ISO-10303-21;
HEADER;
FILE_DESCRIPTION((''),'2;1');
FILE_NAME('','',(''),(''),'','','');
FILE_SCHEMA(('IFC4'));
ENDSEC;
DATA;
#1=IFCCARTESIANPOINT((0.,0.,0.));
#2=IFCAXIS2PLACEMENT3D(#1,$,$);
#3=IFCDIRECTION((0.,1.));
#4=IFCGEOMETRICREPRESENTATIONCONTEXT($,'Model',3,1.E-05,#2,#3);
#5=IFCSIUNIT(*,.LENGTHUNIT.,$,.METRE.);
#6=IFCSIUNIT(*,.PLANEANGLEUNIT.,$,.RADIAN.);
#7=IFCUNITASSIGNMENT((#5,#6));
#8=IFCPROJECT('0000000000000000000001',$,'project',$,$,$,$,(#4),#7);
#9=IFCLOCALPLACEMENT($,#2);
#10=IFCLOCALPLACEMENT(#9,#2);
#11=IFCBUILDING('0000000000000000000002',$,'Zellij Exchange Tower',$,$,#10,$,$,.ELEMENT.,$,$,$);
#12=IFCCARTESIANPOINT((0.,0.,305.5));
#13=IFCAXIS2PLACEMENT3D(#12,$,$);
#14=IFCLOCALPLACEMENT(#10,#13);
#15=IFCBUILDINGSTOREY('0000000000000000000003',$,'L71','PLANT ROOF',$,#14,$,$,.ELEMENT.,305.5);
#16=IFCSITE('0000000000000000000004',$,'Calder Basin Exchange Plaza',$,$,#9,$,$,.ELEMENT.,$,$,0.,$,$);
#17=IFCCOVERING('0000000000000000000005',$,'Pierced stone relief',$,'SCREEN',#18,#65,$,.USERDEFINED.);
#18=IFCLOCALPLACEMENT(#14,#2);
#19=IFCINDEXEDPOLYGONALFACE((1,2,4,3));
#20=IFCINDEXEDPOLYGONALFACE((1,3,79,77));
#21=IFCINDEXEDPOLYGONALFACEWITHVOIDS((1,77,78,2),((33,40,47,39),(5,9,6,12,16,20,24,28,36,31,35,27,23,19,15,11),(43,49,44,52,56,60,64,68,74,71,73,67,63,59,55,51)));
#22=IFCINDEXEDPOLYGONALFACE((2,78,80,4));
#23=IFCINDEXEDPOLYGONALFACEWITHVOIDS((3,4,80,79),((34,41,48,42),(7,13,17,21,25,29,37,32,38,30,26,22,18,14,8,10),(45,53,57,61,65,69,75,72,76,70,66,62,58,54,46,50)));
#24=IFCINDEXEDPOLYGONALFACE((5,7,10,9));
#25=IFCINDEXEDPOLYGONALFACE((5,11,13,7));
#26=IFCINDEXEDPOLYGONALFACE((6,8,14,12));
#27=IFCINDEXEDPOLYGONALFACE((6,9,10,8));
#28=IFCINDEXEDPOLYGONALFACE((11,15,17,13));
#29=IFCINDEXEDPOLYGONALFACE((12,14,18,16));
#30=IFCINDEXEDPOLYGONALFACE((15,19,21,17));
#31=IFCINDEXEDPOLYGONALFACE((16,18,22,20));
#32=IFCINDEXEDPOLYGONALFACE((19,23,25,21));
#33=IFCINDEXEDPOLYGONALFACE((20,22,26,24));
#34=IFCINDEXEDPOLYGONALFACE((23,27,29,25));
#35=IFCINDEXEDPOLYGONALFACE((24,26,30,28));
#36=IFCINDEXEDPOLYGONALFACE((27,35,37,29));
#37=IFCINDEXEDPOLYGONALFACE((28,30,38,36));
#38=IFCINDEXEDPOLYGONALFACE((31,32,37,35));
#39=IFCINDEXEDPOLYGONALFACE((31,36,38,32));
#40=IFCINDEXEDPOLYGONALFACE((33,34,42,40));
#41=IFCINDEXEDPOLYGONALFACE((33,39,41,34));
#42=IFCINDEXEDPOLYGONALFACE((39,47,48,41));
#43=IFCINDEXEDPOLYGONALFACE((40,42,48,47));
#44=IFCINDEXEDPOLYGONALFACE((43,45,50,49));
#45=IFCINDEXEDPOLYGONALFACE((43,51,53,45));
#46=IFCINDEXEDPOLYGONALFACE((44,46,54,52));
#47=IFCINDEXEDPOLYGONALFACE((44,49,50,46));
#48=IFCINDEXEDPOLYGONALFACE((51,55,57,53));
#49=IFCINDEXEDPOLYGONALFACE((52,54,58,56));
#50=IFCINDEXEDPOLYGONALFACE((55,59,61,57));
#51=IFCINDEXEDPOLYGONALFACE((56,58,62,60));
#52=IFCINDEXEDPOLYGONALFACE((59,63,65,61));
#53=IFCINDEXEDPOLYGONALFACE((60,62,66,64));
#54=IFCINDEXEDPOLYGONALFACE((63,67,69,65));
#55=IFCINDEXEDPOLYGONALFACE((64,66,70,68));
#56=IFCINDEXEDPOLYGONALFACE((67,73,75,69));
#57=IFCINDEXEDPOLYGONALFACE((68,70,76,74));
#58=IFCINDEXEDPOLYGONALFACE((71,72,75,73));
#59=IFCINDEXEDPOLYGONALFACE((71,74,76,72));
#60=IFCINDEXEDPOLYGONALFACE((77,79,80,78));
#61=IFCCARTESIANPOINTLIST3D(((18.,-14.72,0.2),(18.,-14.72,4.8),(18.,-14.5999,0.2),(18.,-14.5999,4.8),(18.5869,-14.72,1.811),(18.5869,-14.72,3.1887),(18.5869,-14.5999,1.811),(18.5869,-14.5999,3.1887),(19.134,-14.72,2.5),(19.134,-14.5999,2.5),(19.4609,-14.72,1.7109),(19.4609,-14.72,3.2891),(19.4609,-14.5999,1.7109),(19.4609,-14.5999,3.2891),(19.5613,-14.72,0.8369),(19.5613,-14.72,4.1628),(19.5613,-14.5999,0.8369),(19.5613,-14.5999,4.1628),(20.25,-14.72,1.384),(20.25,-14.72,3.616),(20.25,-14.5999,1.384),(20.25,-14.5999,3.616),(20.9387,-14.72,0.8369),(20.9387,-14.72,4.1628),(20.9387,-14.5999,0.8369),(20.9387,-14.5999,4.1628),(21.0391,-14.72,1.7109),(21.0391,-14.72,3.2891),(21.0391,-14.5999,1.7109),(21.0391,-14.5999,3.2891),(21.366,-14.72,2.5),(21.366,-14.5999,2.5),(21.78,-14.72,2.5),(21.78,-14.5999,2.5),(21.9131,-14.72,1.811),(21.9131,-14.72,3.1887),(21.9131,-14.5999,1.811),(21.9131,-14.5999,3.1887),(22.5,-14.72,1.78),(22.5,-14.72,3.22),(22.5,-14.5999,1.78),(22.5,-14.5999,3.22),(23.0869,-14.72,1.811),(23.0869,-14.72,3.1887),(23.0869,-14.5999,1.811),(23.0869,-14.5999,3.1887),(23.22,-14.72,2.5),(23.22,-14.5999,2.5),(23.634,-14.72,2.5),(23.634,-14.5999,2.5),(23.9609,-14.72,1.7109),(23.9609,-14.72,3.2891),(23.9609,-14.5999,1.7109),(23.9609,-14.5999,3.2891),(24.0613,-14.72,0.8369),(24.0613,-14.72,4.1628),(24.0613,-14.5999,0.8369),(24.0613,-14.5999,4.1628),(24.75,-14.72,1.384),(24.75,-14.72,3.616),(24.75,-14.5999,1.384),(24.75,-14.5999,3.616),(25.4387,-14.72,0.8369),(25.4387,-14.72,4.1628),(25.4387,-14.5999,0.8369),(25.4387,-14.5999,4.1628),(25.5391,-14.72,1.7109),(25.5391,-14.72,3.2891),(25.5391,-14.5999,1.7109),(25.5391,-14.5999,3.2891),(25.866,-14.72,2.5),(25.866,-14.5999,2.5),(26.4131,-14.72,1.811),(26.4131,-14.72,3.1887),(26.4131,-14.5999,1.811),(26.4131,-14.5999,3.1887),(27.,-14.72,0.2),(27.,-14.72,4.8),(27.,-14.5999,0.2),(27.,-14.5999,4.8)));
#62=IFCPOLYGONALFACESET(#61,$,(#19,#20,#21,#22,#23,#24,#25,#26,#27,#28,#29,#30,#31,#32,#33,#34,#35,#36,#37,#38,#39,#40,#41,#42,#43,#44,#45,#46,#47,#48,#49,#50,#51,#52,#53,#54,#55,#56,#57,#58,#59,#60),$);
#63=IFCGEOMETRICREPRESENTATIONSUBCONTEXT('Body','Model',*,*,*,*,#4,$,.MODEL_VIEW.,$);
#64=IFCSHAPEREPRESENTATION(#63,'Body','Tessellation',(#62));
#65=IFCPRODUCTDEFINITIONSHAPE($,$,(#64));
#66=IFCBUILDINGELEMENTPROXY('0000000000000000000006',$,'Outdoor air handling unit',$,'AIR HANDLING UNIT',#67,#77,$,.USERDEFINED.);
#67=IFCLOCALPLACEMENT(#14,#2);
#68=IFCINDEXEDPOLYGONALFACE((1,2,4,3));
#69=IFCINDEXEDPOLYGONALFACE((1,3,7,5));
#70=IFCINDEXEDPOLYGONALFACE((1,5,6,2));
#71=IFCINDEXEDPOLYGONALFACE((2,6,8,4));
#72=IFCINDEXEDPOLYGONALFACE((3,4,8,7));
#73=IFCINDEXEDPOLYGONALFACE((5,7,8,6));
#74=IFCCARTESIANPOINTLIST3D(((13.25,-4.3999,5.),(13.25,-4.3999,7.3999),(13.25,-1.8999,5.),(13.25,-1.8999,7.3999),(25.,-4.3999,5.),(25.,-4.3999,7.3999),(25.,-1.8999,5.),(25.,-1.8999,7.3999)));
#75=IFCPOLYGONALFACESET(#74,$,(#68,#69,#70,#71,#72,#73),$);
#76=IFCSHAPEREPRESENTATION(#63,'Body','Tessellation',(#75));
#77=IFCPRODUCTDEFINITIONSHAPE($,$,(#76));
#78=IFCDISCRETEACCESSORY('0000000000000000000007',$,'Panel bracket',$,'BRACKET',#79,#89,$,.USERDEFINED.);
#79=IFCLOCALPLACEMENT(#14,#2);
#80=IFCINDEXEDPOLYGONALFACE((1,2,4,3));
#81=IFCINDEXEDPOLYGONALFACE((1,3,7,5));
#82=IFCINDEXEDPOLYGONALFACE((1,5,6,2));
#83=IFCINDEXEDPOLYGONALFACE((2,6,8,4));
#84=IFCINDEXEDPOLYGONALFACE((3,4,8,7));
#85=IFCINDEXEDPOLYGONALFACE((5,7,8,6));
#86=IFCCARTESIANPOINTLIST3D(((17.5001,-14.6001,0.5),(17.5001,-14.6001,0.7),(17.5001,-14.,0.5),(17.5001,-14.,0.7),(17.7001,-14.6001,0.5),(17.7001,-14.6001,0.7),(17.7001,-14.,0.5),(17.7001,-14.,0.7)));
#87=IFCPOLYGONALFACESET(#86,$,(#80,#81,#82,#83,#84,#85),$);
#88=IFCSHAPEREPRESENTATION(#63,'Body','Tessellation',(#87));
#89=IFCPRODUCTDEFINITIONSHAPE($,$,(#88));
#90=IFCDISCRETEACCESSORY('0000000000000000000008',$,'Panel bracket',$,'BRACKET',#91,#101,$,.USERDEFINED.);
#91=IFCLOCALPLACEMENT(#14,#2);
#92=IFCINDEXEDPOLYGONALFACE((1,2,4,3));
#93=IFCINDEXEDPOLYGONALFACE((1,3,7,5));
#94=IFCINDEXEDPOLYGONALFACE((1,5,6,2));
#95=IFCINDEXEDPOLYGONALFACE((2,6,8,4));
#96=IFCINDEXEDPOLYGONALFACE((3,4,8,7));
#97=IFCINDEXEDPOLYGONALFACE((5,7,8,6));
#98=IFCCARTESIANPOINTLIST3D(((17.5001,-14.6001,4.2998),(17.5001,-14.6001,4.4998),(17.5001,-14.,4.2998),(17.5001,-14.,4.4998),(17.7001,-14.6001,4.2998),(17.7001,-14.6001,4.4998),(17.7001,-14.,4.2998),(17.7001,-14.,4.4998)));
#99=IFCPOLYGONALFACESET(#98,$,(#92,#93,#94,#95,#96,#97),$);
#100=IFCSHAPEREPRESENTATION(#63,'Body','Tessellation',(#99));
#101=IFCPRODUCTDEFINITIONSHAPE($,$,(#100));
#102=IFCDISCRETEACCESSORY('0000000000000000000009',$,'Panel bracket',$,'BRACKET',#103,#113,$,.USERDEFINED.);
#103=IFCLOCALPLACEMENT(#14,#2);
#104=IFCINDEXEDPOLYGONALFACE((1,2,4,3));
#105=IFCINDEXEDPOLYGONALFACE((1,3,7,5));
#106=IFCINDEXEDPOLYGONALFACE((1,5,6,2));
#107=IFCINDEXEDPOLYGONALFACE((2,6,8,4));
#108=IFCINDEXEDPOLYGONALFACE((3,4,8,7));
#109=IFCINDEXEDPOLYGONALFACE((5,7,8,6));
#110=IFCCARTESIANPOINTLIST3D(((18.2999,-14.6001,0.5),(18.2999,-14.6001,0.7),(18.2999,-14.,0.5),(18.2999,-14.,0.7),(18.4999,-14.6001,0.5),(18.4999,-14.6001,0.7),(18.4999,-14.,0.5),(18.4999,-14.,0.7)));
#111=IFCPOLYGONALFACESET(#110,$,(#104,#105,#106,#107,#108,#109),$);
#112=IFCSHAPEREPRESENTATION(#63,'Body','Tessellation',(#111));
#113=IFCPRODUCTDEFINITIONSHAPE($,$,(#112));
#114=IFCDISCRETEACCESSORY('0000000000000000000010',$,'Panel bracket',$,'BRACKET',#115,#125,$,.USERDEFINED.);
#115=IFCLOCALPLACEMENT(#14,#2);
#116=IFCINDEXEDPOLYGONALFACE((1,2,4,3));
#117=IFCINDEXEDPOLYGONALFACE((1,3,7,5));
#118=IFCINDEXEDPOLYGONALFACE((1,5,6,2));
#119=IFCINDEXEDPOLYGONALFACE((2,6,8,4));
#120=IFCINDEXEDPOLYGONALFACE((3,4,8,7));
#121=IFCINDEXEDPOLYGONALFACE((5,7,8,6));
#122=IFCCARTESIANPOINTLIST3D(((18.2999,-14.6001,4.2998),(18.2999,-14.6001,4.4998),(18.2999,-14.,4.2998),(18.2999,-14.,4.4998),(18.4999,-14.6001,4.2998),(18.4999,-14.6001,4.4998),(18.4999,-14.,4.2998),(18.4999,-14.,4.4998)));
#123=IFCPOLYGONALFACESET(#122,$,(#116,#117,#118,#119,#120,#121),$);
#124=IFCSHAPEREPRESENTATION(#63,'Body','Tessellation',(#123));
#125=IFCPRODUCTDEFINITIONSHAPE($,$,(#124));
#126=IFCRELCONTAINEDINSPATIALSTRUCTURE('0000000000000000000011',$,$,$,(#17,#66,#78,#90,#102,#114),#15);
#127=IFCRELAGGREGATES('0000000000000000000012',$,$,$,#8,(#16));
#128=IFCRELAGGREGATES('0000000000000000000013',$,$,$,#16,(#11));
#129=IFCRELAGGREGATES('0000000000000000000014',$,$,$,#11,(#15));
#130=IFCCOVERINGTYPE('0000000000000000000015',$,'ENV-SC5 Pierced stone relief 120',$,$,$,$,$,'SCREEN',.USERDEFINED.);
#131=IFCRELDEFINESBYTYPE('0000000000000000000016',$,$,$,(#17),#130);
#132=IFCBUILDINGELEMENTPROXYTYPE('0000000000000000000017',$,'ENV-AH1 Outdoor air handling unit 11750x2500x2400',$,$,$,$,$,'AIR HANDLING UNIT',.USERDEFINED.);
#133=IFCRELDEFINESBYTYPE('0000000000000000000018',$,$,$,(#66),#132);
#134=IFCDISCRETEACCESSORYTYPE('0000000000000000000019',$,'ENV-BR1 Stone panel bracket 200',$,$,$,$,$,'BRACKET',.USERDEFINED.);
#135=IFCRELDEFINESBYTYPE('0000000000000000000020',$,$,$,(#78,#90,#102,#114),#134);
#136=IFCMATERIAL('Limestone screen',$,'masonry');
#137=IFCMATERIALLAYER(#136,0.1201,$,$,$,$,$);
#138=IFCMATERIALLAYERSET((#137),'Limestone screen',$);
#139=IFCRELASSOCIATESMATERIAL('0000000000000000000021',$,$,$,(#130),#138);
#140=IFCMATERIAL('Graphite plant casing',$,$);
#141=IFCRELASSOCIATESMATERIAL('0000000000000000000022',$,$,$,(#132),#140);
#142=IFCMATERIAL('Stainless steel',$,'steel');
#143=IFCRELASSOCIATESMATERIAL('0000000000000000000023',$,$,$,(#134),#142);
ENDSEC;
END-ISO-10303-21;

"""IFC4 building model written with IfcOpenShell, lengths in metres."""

from ifc_helpers import new_model, si_unit, direction, frame, origin, origin_2d, place, context, subcontext, project, spatial, polyline, rectangle, outline, extrude, material, layer, layer_set, type_object, element, save


model = new_model("IFC4")

# Units and contexts
model_context = context("Model", 3, precision=1e-05, world=origin(), true_north=direction((0.0, 1.0)))
body_context = subcontext(model_context, "Body", "Model", "MODEL_VIEW")
ifc_project = project(units=[si_unit("LENGTHUNIT", "METRE"), si_unit("PLANEANGLEUNIT", "RADIAN")], contexts=[model_context])

# Site, building, storey
site_placement = place(None, origin())
site = spatial("IfcSite", under=ifc_project, at=site_placement, Name="Calder Basin Exchange Plaza", CompositionType="ELEMENT", RefElevation=0.0)
building_placement = place(site_placement, origin())
building = spatial("IfcBuilding", under=site, at=building_placement, Name="Zellij Exchange Tower", CompositionType="ELEMENT")
storey_placement = place(building_placement, frame((0.0, 0.0, 305.5)))
storey = spatial("IfcBuildingStorey", under=building, at=storey_placement, Name="L71", Description="PLANT ROOF", CompositionType="ELEMENT", Elevation=305.5)

# Shared definitions
ifc_material_1 = material(Name="Stainless steel", Category="steel")

# Covering
ifc_material_2 = material(Name="Limestone screen", Category="masonry")
ifc_layer_1 = layer(ifc_material_2, 0.1201)
ifc_layer_set_1 = layer_set([ifc_layer_1], Name="Limestone screen")
covering_type_1 = type_object("IfcCoveringType", Name="ENV-SC5 Pierced stone relief 120", ElementType="SCREEN", PredefinedType="USERDEFINED", material=ifc_layer_set_1)
covering_1_placement = place(storey_placement, frame((18.0, -14.6599, 0.2), z_axis=(0.0, 0.0, 1.0), x_axis=(1.0, 0.0, 0.0)))
element("IfcCovering", 1, at=covering_1_placement, inside=storey, type_object=covering_type_1, Name="Pierced stone relief", ObjectType="SCREEN", PredefinedType="USERDEFINED", context=body_context, shape_type="SweptSolid", body=[
    extrude(outline(polyline([(0.0, 0.0), (9.0, 0.0), (9.0, 4.6001), (0.0, 4.6001), (0.0, 0.0)]), holes=[polyline([(3.9131, 2.9888), (3.0391, 3.0891), (2.9387, 3.9629), (2.25, 3.416), (1.5613, 3.9629), (1.4609, 3.0891), (0.5869, 2.9888), (1.134, 2.3), (0.5869, 1.6111), (1.4609, 1.511), (1.5613, 0.637), (2.25, 1.1841), (2.9387, 0.637), (3.0391, 1.511), (3.9131, 1.6111), (3.366, 2.3), (3.9131, 2.9888)]), polyline([(8.4131, 2.9888), (7.5391, 3.0891), (7.4387, 3.9629), (6.75, 3.416), (6.0613, 3.9629), (5.9609, 3.0891), (5.0869, 2.9888), (5.634, 2.3), (5.0869, 1.6111), (5.9609, 1.511), (6.0613, 0.637), (6.75, 1.1841), (7.4387, 0.637), (7.5391, 1.511), (8.4131, 1.6111), (7.866, 2.3), (8.4131, 2.9888)]), polyline([(5.22, 2.3), (4.5, 3.02), (3.78, 2.3), (4.5, 1.5801), (5.22, 2.3)])]), frame((0.0, 0.0601, 0.0), z_axis=(0.0, -1.0, 0.0), x_axis=(1.0, 0.0, 0.0)), (0.0, 0.0, 1.0), 0.1201),
])

# Building element proxy
ifc_material_3 = material(Name="Graphite plant casing")
building_element_proxy_type = type_object("IfcBuildingElementProxyType", Name="ENV-AH1 Outdoor air handling unit 11750x2500x2400", ElementType="AIR HANDLING UNIT", PredefinedType="USERDEFINED", material=ifc_material_3)
proxy_placement = place(storey_placement, frame((19.125, -3.1499, 5.0), z_axis=(0.0, 0.0, 1.0), x_axis=(1.0, 0.0, 0.0)))
element("IfcBuildingElementProxy", 2, at=proxy_placement, inside=storey, type_object=building_element_proxy_type, Name="Outdoor air handling unit", ObjectType="AIR HANDLING UNIT", PredefinedType="USERDEFINED", context=body_context, shape_type="SweptSolid", body=[
    extrude(rectangle(XDim=11.75, YDim=2.5, at=origin_2d()), origin(), (0.0, 0.0, 1.0), 2.3999),
])

# Discrete accessories
discrete_accessory_type = type_object("IfcDiscreteAccessoryType", Name="ENV-BR1 Stone panel bracket 200", ElementType="BRACKET", PredefinedType="USERDEFINED", material=ifc_material_1)
for number, where, z_axis, x_axis, name in (
    (3, (17.6001, -14.3, 0.5), (0.0, 0.0, 1.0), (1.0, 0.0, 0.0), "Panel bracket"),
    (4, (17.6001, -14.3, 4.2998), (0.0, 0.0, 1.0), (1.0, 0.0, 0.0), "Panel bracket"),
    (5, (18.3999, -14.3, 0.5), (0.0, 0.0, 1.0), (1.0, 0.0, 0.0), "Panel bracket"),
    (6, (18.3999, -14.3, 4.2998), (0.0, 0.0, 1.0), (1.0, 0.0, 0.0), "Panel bracket"),
):
    element("IfcDiscreteAccessory", number, at=place(storey_placement, frame(where, z_axis=z_axis, x_axis=x_axis)), inside=storey, type_object=discrete_accessory_type, Name=name, ObjectType="BRACKET", PredefinedType="USERDEFINED", context=body_context, shape_type="SweptSolid", body=[
        extrude(rectangle(XDim=0.2, YDim=0.6001, at=origin_2d()), origin(), (0.0, 0.0, 1.0), 0.2),
    ])

save(model, "model.ifc")
